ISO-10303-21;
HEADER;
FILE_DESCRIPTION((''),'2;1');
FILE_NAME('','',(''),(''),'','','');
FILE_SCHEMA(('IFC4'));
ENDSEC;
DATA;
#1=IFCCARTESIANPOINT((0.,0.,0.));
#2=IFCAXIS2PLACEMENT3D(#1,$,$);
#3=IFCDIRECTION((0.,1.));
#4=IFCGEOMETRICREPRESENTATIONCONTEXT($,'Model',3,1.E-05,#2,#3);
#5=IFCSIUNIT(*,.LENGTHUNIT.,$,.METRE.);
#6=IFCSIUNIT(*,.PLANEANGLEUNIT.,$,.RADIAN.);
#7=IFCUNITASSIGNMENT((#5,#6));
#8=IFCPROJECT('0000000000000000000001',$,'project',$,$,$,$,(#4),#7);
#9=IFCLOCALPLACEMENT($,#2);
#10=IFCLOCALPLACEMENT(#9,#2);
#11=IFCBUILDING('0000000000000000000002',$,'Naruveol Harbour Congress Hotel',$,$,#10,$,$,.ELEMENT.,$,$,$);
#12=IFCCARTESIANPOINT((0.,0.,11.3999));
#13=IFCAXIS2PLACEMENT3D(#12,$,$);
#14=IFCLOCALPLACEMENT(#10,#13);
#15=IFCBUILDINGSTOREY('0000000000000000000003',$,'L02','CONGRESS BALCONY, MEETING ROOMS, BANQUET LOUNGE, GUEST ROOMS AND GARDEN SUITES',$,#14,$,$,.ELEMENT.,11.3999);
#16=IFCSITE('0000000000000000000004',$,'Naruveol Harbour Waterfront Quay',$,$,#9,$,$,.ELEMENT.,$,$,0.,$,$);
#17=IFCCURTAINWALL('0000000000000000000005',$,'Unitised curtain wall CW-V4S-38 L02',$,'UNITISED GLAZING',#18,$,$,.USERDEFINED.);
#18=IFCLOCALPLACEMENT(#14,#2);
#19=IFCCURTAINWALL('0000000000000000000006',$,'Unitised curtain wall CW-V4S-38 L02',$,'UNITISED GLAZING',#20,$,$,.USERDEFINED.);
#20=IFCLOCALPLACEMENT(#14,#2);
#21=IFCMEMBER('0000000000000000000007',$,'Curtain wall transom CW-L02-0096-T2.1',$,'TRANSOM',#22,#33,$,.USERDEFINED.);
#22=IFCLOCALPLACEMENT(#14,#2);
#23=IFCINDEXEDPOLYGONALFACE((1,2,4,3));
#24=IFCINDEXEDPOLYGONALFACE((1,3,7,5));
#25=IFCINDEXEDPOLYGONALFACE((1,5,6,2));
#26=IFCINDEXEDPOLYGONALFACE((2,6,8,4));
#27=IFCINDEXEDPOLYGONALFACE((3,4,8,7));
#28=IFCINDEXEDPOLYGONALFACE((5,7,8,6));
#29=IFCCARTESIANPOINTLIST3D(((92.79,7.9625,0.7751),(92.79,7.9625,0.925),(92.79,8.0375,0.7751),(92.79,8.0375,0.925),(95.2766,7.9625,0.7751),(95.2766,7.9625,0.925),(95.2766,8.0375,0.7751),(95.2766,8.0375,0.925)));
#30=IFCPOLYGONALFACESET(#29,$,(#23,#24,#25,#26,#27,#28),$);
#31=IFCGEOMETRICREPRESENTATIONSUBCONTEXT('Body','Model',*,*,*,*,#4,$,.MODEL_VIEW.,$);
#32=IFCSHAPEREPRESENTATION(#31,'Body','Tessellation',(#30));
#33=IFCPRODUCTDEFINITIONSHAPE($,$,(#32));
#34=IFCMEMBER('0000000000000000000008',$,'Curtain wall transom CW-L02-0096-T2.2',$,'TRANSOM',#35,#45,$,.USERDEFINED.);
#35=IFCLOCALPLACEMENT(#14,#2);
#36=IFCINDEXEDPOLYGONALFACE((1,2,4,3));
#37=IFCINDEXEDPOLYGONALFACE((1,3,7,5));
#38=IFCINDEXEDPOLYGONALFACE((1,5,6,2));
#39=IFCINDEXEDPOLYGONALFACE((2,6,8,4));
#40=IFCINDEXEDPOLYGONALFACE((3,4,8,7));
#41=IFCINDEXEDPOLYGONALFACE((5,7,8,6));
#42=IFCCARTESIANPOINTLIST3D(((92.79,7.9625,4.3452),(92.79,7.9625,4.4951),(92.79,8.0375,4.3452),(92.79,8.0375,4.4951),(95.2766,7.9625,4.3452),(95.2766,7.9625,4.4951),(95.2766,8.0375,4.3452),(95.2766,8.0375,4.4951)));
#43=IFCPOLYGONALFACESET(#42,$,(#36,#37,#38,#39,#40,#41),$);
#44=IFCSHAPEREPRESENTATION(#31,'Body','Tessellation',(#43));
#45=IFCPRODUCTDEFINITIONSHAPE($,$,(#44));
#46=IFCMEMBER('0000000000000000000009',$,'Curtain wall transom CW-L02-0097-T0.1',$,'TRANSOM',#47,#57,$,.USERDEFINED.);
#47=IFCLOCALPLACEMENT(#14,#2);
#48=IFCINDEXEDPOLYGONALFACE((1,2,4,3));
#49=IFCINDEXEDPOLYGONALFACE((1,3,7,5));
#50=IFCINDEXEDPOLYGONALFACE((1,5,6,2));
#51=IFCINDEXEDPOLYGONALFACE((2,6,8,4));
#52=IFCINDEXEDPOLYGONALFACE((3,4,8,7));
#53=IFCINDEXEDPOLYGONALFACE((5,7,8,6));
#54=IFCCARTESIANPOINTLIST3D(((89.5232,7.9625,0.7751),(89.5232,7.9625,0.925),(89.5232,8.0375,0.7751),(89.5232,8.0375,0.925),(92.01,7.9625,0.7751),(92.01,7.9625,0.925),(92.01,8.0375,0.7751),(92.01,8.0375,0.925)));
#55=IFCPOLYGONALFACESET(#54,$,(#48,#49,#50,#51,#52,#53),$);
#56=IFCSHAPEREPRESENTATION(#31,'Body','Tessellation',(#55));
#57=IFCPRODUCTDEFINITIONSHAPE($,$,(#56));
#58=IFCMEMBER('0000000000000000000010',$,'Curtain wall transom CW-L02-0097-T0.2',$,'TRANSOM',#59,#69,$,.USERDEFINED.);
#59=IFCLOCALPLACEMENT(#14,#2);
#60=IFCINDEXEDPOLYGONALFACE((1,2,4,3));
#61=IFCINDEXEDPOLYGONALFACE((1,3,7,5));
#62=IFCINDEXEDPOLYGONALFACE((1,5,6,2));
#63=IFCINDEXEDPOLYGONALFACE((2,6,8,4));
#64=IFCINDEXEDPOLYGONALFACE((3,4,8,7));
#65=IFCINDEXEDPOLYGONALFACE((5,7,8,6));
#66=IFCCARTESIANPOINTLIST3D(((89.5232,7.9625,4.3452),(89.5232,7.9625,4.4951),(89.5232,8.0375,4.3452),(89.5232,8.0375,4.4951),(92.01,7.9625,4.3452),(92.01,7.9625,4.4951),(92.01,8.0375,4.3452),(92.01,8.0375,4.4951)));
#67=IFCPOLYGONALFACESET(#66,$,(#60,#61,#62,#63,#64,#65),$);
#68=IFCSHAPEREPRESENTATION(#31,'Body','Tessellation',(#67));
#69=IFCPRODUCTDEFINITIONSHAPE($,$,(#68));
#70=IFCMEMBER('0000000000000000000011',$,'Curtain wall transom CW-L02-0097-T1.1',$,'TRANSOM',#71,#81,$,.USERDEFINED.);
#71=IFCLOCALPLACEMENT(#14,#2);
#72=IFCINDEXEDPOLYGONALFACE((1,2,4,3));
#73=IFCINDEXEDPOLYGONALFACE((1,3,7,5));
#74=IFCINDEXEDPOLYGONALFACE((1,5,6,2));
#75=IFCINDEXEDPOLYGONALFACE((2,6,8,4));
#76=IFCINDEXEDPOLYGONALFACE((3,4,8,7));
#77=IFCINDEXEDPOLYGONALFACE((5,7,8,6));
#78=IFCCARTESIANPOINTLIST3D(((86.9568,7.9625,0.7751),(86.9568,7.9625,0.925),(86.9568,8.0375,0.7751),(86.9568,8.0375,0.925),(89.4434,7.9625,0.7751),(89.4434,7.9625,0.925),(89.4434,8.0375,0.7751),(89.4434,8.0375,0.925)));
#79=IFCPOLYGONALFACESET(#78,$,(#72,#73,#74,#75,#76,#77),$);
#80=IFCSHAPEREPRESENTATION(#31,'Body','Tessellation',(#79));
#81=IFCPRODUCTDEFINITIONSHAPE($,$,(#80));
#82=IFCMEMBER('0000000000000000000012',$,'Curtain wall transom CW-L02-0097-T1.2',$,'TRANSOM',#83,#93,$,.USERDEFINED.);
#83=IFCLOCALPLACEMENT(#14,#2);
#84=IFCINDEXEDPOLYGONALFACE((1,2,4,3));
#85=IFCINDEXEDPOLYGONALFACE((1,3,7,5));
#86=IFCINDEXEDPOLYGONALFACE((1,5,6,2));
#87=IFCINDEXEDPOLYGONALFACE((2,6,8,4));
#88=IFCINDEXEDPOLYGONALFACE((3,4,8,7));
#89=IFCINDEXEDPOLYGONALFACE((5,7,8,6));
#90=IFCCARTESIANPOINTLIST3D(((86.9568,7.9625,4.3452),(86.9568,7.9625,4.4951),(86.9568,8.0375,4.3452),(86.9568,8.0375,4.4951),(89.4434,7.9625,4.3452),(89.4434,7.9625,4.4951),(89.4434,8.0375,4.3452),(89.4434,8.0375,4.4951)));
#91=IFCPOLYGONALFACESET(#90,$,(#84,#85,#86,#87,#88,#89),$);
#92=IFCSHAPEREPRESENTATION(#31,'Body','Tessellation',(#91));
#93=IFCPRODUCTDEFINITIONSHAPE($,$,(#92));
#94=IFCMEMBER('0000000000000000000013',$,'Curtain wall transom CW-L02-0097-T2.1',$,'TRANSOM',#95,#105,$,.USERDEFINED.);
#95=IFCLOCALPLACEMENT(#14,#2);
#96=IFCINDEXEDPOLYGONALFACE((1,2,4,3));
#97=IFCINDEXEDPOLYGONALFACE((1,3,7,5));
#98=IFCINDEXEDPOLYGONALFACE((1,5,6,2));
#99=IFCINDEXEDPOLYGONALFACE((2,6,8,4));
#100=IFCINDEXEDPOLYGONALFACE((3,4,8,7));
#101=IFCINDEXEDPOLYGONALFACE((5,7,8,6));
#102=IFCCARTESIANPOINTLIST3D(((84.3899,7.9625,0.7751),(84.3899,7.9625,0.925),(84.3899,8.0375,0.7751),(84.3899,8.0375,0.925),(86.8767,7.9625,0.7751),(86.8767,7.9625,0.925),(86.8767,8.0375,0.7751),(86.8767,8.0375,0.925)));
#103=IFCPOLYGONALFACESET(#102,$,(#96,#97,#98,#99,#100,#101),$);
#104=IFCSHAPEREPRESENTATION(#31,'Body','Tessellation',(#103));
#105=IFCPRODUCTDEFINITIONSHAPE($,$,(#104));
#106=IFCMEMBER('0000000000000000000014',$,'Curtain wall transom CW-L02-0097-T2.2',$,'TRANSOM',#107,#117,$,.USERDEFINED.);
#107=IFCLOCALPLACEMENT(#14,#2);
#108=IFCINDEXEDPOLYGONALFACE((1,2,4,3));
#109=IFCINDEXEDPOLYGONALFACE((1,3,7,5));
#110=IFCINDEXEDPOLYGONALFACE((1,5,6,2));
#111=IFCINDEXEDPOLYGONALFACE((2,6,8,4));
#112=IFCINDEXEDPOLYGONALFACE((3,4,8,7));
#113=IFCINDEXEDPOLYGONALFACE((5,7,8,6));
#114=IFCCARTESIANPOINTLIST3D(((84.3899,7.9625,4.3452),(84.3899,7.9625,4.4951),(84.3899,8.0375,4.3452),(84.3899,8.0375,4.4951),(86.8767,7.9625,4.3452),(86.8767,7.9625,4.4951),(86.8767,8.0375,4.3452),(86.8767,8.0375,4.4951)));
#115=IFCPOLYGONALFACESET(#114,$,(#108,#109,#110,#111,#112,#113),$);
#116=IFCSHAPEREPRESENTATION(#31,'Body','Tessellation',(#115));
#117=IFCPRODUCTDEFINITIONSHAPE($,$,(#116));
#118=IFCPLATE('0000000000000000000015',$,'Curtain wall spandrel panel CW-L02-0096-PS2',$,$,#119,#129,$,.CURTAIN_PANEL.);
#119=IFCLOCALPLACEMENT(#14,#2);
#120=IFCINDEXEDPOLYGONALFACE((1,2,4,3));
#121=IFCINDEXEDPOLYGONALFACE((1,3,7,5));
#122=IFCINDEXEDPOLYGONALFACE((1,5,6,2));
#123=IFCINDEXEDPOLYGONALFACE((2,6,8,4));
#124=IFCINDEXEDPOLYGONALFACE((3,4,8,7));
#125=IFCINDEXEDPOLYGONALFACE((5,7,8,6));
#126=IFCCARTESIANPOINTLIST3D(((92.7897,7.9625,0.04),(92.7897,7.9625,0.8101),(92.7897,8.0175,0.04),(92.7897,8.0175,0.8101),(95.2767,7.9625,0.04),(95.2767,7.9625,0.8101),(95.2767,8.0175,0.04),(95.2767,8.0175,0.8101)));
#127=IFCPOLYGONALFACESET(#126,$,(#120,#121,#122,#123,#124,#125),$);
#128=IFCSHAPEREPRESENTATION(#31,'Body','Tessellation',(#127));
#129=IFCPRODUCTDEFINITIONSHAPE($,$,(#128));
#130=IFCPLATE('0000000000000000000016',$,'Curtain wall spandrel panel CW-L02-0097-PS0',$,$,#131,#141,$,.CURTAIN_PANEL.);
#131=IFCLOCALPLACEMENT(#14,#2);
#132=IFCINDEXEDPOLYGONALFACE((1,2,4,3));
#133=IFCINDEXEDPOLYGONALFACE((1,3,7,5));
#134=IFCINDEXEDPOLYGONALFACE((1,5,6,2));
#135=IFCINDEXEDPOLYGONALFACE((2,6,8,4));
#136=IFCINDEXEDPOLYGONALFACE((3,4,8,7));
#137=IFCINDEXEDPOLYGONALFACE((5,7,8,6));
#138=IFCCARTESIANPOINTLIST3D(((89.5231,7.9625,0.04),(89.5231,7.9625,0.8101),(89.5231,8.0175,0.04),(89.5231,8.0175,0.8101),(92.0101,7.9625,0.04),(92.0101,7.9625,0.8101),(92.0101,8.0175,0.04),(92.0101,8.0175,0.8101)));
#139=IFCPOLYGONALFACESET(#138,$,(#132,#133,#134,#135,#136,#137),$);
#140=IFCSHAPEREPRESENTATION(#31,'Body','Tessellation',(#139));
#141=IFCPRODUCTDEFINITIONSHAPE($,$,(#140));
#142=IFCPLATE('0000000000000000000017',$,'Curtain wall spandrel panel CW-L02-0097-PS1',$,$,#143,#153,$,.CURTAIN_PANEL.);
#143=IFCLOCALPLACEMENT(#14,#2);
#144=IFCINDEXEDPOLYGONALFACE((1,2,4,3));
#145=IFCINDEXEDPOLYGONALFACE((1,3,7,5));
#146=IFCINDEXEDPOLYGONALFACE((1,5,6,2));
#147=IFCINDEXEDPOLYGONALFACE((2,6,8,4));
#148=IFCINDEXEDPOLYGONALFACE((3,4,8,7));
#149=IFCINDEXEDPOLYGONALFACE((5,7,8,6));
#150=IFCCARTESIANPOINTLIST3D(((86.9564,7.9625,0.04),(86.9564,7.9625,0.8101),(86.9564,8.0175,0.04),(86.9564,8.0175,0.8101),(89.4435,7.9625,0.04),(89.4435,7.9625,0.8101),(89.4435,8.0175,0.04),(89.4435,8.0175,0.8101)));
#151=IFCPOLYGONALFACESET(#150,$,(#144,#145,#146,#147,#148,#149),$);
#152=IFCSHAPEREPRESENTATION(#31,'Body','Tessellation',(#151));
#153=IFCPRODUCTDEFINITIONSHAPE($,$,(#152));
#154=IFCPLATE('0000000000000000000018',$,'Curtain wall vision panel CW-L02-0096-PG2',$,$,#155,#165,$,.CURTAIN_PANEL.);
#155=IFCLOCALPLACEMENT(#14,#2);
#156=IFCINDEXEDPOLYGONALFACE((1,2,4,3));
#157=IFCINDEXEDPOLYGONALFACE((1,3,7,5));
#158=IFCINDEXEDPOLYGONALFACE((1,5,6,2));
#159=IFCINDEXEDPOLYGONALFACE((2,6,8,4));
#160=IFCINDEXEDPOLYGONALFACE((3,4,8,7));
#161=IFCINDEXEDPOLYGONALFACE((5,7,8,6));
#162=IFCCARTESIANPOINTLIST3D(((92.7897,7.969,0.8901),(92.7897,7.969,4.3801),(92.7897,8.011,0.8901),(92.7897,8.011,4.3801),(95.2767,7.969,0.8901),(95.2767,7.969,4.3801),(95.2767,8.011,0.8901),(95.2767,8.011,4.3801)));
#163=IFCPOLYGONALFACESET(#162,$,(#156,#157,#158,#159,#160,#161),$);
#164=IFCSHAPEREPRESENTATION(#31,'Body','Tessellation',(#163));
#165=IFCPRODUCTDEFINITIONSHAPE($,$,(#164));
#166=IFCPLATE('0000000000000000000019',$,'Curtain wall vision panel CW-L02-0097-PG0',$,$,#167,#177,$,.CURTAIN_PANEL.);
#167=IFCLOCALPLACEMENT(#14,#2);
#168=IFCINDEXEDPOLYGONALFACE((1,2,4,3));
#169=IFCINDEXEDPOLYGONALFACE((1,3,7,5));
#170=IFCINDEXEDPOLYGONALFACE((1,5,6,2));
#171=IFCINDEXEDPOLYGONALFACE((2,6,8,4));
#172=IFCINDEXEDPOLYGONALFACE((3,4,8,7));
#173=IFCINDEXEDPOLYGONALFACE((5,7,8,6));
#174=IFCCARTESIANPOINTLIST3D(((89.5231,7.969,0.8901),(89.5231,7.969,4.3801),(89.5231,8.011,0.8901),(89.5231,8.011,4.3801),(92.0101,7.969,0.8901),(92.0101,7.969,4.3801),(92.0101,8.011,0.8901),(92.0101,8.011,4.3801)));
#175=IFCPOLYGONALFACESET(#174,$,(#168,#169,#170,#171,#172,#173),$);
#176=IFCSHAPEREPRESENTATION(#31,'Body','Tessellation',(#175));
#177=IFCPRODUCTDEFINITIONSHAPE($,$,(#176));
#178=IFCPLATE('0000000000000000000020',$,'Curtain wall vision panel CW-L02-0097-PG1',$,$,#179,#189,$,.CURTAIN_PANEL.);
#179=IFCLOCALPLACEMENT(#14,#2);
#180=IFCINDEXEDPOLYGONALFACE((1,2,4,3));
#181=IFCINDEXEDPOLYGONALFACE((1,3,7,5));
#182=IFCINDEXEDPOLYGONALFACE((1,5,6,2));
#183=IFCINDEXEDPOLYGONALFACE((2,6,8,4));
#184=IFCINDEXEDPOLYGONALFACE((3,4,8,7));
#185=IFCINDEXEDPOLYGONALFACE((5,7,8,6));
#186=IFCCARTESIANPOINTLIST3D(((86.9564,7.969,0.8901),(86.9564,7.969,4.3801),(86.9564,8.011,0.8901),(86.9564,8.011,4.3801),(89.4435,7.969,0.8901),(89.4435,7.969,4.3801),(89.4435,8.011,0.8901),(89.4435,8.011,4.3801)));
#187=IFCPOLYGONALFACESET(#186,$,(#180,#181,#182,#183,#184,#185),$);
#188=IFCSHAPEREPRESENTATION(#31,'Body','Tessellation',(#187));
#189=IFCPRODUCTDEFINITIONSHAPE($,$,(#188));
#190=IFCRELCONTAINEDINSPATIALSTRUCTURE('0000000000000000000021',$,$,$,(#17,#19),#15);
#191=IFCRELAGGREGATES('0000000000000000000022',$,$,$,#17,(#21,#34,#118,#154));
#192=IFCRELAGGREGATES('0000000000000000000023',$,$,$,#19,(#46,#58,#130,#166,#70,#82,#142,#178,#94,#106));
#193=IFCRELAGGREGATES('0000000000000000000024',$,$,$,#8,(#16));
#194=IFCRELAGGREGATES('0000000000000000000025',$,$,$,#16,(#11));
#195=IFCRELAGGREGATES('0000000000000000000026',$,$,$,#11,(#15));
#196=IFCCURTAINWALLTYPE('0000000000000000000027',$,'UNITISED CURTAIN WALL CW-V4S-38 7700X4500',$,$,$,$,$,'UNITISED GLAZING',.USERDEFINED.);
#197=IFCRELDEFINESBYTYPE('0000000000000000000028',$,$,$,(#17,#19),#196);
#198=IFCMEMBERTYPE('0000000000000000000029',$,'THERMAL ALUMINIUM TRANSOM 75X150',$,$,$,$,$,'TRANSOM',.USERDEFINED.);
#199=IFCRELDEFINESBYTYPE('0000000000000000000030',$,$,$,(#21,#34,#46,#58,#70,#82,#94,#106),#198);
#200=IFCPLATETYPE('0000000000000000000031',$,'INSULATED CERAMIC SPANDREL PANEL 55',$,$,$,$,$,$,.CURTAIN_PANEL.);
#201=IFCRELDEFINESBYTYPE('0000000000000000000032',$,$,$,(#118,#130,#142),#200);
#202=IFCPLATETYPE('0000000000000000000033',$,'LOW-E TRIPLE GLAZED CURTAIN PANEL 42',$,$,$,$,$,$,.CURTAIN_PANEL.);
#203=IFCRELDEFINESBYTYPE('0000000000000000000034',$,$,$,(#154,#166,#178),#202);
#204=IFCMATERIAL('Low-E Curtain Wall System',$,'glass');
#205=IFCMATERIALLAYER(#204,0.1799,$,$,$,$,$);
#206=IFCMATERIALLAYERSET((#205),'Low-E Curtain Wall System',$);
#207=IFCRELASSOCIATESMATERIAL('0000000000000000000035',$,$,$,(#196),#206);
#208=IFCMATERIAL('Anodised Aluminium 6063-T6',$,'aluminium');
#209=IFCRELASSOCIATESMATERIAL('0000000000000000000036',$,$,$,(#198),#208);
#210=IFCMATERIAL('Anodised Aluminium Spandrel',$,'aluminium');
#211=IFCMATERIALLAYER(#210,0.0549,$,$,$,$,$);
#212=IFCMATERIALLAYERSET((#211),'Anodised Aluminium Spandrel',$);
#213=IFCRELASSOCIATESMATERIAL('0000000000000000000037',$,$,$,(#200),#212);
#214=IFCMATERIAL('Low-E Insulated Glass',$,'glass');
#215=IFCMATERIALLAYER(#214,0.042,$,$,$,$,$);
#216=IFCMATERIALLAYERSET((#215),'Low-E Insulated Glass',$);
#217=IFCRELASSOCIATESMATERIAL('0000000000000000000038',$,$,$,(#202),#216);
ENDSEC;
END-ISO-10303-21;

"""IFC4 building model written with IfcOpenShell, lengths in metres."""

from ifc_helpers import new_model, si_unit, direction, frame, origin, origin_2d, place, context, subcontext, project, spatial, rectangle, extrude, material, layer, layer_set, material_profile, profile_set, type_object, element, aggregate, save


model = new_model("IFC4")

# Units and contexts
model_context = context("Model", 3, precision=1e-05, world=origin(), true_north=direction((0.0, 1.0)))
body_context = subcontext(model_context, "Body", "Model", "MODEL_VIEW")
ifc_project = project(units=[si_unit("LENGTHUNIT", "METRE"), si_unit("PLANEANGLEUNIT", "RADIAN")], contexts=[model_context])

# Site, building, storey
site_placement = place(None, origin())
site = spatial("IfcSite", under=ifc_project, at=site_placement, Name="Naruveol Harbour Waterfront Quay", CompositionType="ELEMENT", RefElevation=0.0)
building_placement = place(site_placement, origin())
building = spatial("IfcBuilding", under=site, at=building_placement, Name="Naruveol Harbour Congress Hotel", CompositionType="ELEMENT")
storey_placement = place(building_placement, frame((0.0, 0.0, 11.3999)))
storey = spatial("IfcBuildingStorey", under=building, at=storey_placement, Name="L02", Description="CONGRESS BALCONY, MEETING ROOMS, BANQUET LOUNGE, GUEST ROOMS AND GARDEN SUITES", CompositionType="ELEMENT", Elevation=11.3999)

# Curtain walls
ifc_material_1 = material(Name="Low-E Curtain Wall System", Category="glass")
ifc_layer_1 = layer(ifc_material_1, 0.1799)
ifc_layer_set_1 = layer_set([ifc_layer_1], Name="Low-E Curtain Wall System")
curtain_wall_type = type_object("IfcCurtainWallType", Name="UNITISED CURTAIN WALL CW-V4S-38 7700X4500", ElementType="UNITISED GLAZING", PredefinedType="USERDEFINED", material=ifc_layer_set_1)
curtain_wall_1_placement = place(storey_placement, origin())
curtain_wall_1 = element("IfcCurtainWall", 1, at=curtain_wall_1_placement, inside=storey, type_object=curtain_wall_type, Name="Unitised curtain wall CW-V4S-38 L02", ObjectType="UNITISED GLAZING", PredefinedType="USERDEFINED")
curtain_wall_2_placement = place(storey_placement, origin())
curtain_wall_2 = element("IfcCurtainWall", 2, at=curtain_wall_2_placement, inside=storey, type_object=curtain_wall_type, Name="Unitised curtain wall CW-V4S-38 L02", ObjectType="UNITISED GLAZING", PredefinedType="USERDEFINED")

# Members
ifc_material_2 = material(Name="Anodised Aluminium 6063-T6", Category="aluminium")
ifc_material_profile_1 = material_profile(ifc_material_2, rectangle(XDim=0.075, YDim=0.1499, at=origin_2d()), Name="ALU-75x150")
ifc_profile_set_1 = profile_set([ifc_material_profile_1], Name="Anodised Aluminium 6063-T6")
member_type_1 = type_object("IfcMemberType", Name="THERMAL ALUMINIUM TRANSOM 75X150", ElementType="TRANSOM", PredefinedType="USERDEFINED", material=ifc_profile_set_1)
member_1_placement = place(storey_placement, frame((95.2766, 8.0, 0.8501), z_axis=(-1.0, 0.0, 0.0), x_axis=(0.0, -1.0, 0.0)))
member_1 = element("IfcMember", 3, at=member_1_placement, type_object=member_type_1, Name="Curtain wall transom CW-L02-0096-T2.1", ObjectType="TRANSOM", PredefinedType="USERDEFINED", context=body_context, shape_type="SweptSolid", body=[
    extrude(rectangle(XDim=0.075, YDim=0.1499, at=origin_2d()), origin(), (0.0, 0.0, 1.0), 2.4866),
])
member_2_placement = place(storey_placement, frame((95.2766, 8.0, 4.4202), z_axis=(-1.0, 0.0, 0.0), x_axis=(0.0, -1.0, 0.0)))
member_2 = element("IfcMember", 4, at=member_2_placement, type_object=member_type_1, Name="Curtain wall transom CW-L02-0096-T2.2", ObjectType="TRANSOM", PredefinedType="USERDEFINED", context=body_context, shape_type="SweptSolid", body=[
    extrude(rectangle(XDim=0.075, YDim=0.1499, at=origin_2d()), origin(), (0.0, 0.0, 1.0), 2.4866),
])
member_3_placement = place(storey_placement, frame((92.01, 8.0, 0.8501), z_axis=(-1.0, 0.0, 0.0), x_axis=(0.0, -1.0, 0.0)))
member_3 = element("IfcMember", 5, at=member_3_placement, type_object=member_type_1, Name="Curtain wall transom CW-L02-0097-T0.1", ObjectType="TRANSOM", PredefinedType="USERDEFINED", context=body_context, shape_type="SweptSolid", body=[
    extrude(rectangle(XDim=0.075, YDim=0.1499, at=origin_2d()), origin(), (0.0, 0.0, 1.0), 2.4868),
])
member_4_placement = place(storey_placement, frame((92.01, 8.0, 4.4202), z_axis=(-1.0, 0.0, 0.0), x_axis=(0.0, -1.0, 0.0)))
member_4 = element("IfcMember", 6, at=member_4_placement, type_object=member_type_1, Name="Curtain wall transom CW-L02-0097-T0.2", ObjectType="TRANSOM", PredefinedType="USERDEFINED", context=body_context, shape_type="SweptSolid", body=[
    extrude(rectangle(XDim=0.075, YDim=0.1499, at=origin_2d()), origin(), (0.0, 0.0, 1.0), 2.4868),
])
member_5_placement = place(storey_placement, frame((89.4434, 8.0, 0.8501), z_axis=(-1.0, 0.0, 0.0), x_axis=(0.0, -1.0, 0.0)))
member_5 = element("IfcMember", 7, at=member_5_placement, type_object=member_type_1, Name="Curtain wall transom CW-L02-0097-T1.1", ObjectType="TRANSOM", PredefinedType="USERDEFINED", context=body_context, shape_type="SweptSolid", body=[
    extrude(rectangle(XDim=0.075, YDim=0.1499, at=origin_2d()), origin(), (0.0, 0.0, 1.0), 2.4866),
])
member_6_placement = place(storey_placement, frame((89.4434, 8.0, 4.4202), z_axis=(-1.0, 0.0, 0.0), x_axis=(0.0, -1.0, 0.0)))
member_6 = element("IfcMember", 8, at=member_6_placement, type_object=member_type_1, Name="Curtain wall transom CW-L02-0097-T1.2", ObjectType="TRANSOM", PredefinedType="USERDEFINED", context=body_context, shape_type="SweptSolid", body=[
    extrude(rectangle(XDim=0.075, YDim=0.1499, at=origin_2d()), origin(), (0.0, 0.0, 1.0), 2.4866),
])
member_7_placement = place(storey_placement, frame((86.8767, 8.0, 0.8501), z_axis=(-1.0, 0.0, 0.0), x_axis=(0.0, -1.0, 0.0)))
member_7 = element("IfcMember", 9, at=member_7_placement, type_object=member_type_1, Name="Curtain wall transom CW-L02-0097-T2.1", ObjectType="TRANSOM", PredefinedType="USERDEFINED", context=body_context, shape_type="SweptSolid", body=[
    extrude(rectangle(XDim=0.075, YDim=0.1499, at=origin_2d()), origin(), (0.0, 0.0, 1.0), 2.4868),
])
member_8_placement = place(storey_placement, frame((86.8767, 8.0, 4.4202), z_axis=(-1.0, 0.0, 0.0), x_axis=(0.0, -1.0, 0.0)))
member_8 = element("IfcMember", 10, at=member_8_placement, type_object=member_type_1, Name="Curtain wall transom CW-L02-0097-T2.2", ObjectType="TRANSOM", PredefinedType="USERDEFINED", context=body_context, shape_type="SweptSolid", body=[
    extrude(rectangle(XDim=0.075, YDim=0.1499, at=origin_2d()), origin(), (0.0, 0.0, 1.0), 2.4868),
])

# Plates
ifc_material_3 = material(Name="Anodised Aluminium Spandrel", Category="aluminium")
ifc_layer_2 = layer(ifc_material_3, 0.0549)
ifc_layer_set_2 = layer_set([ifc_layer_2], Name="Anodised Aluminium Spandrel")
plate_type_1 = type_object("IfcPlateType", Name="INSULATED CERAMIC SPANDREL PANEL 55", PredefinedType="CURTAIN_PANEL", material=ifc_layer_set_2)
plate_1_placement = place(storey_placement, frame((94.0332, 7.99, 0.04), z_axis=(0.0, 0.0, 1.0), x_axis=(-1.0, 0.0, 0.0)))
plate_1 = element("IfcPlate", 11, at=plate_1_placement, type_object=plate_type_1, Name="Curtain wall spandrel panel CW-L02-0096-PS2", PredefinedType="CURTAIN_PANEL", context=body_context, shape_type="SweptSolid", body=[
    extrude(rectangle(XDim=2.4871, YDim=0.0549, at=origin_2d()), origin(), (0.0, 0.0, 1.0), 0.77),
])
plate_2_placement = place(storey_placement, frame((90.7666, 7.99, 0.04), z_axis=(0.0, 0.0, 1.0), x_axis=(-1.0, 0.0, 0.0)))
plate_2 = element("IfcPlate", 12, at=plate_2_placement, type_object=plate_type_1, Name="Curtain wall spandrel panel CW-L02-0097-PS0", PredefinedType="CURTAIN_PANEL", context=body_context, shape_type="SweptSolid", body=[
    extrude(rectangle(XDim=2.4871, YDim=0.0549, at=origin_2d()), origin(), (0.0, 0.0, 1.0), 0.77),
])
plate_3_placement = place(storey_placement, frame((88.2, 7.99, 0.04), z_axis=(0.0, 0.0, 1.0), x_axis=(-1.0, 0.0, 0.0)))
plate_3 = element("IfcPlate", 13, at=plate_3_placement, type_object=plate_type_1, Name="Curtain wall spandrel panel CW-L02-0097-PS1", PredefinedType="CURTAIN_PANEL", context=body_context, shape_type="SweptSolid", body=[
    extrude(rectangle(XDim=2.4871, YDim=0.0549, at=origin_2d()), origin(), (0.0, 0.0, 1.0), 0.77),
])
ifc_material_4 = material(Name="Low-E Insulated Glass", Category="glass")
ifc_layer_3 = layer(ifc_material_4, 0.042)
ifc_layer_set_3 = layer_set([ifc_layer_3], Name="Low-E Insulated Glass")
plate_type_2 = type_object("IfcPlateType", Name="LOW-E TRIPLE GLAZED CURTAIN PANEL 42", PredefinedType="CURTAIN_PANEL", material=ifc_layer_set_3)
plate_4_placement = place(storey_placement, frame((94.0332, 7.99, 0.8901), z_axis=(0.0, 0.0, 1.0), x_axis=(-1.0, 0.0, 0.0)))
plate_4 = element("IfcPlate", 14, at=plate_4_placement, type_object=plate_type_2, Name="Curtain wall vision panel CW-L02-0096-PG2", PredefinedType="CURTAIN_PANEL", context=body_context, shape_type="SweptSolid", body=[
    extrude(rectangle(XDim=2.4871, YDim=0.042, at=origin_2d()), origin(), (0.0, 0.0, 1.0), 3.49),
])
aggregate(curtain_wall_1, [member_1, member_2, plate_1, plate_4])
plate_5_placement = place(storey_placement, frame((90.7666, 7.99, 0.8901), z_axis=(0.0, 0.0, 1.0), x_axis=(-1.0, 0.0, 0.0)))
plate_5 = element("IfcPlate", 15, at=plate_5_placement, type_object=plate_type_2, Name="Curtain wall vision panel CW-L02-0097-PG0", PredefinedType="CURTAIN_PANEL", context=body_context, shape_type="SweptSolid", body=[
    extrude(rectangle(XDim=2.4871, YDim=0.042, at=origin_2d()), origin(), (0.0, 0.0, 1.0), 3.49),
])
plate_6_placement = place(storey_placement, frame((88.2, 7.99, 0.8901), z_axis=(0.0, 0.0, 1.0), x_axis=(-1.0, 0.0, 0.0)))
plate_6 = element("IfcPlate", 16, at=plate_6_placement, type_object=plate_type_2, Name="Curtain wall vision panel CW-L02-0097-PG1", PredefinedType="CURTAIN_PANEL", context=body_context, shape_type="SweptSolid", body=[
    extrude(rectangle(XDim=2.4871, YDim=0.042, at=origin_2d()), origin(), (0.0, 0.0, 1.0), 3.49),
])
aggregate(curtain_wall_2, [member_3, member_4, plate_2, plate_5, member_5, member_6, plate_3, plate_6, member_7, member_8])

save(model, "model.ifc")
